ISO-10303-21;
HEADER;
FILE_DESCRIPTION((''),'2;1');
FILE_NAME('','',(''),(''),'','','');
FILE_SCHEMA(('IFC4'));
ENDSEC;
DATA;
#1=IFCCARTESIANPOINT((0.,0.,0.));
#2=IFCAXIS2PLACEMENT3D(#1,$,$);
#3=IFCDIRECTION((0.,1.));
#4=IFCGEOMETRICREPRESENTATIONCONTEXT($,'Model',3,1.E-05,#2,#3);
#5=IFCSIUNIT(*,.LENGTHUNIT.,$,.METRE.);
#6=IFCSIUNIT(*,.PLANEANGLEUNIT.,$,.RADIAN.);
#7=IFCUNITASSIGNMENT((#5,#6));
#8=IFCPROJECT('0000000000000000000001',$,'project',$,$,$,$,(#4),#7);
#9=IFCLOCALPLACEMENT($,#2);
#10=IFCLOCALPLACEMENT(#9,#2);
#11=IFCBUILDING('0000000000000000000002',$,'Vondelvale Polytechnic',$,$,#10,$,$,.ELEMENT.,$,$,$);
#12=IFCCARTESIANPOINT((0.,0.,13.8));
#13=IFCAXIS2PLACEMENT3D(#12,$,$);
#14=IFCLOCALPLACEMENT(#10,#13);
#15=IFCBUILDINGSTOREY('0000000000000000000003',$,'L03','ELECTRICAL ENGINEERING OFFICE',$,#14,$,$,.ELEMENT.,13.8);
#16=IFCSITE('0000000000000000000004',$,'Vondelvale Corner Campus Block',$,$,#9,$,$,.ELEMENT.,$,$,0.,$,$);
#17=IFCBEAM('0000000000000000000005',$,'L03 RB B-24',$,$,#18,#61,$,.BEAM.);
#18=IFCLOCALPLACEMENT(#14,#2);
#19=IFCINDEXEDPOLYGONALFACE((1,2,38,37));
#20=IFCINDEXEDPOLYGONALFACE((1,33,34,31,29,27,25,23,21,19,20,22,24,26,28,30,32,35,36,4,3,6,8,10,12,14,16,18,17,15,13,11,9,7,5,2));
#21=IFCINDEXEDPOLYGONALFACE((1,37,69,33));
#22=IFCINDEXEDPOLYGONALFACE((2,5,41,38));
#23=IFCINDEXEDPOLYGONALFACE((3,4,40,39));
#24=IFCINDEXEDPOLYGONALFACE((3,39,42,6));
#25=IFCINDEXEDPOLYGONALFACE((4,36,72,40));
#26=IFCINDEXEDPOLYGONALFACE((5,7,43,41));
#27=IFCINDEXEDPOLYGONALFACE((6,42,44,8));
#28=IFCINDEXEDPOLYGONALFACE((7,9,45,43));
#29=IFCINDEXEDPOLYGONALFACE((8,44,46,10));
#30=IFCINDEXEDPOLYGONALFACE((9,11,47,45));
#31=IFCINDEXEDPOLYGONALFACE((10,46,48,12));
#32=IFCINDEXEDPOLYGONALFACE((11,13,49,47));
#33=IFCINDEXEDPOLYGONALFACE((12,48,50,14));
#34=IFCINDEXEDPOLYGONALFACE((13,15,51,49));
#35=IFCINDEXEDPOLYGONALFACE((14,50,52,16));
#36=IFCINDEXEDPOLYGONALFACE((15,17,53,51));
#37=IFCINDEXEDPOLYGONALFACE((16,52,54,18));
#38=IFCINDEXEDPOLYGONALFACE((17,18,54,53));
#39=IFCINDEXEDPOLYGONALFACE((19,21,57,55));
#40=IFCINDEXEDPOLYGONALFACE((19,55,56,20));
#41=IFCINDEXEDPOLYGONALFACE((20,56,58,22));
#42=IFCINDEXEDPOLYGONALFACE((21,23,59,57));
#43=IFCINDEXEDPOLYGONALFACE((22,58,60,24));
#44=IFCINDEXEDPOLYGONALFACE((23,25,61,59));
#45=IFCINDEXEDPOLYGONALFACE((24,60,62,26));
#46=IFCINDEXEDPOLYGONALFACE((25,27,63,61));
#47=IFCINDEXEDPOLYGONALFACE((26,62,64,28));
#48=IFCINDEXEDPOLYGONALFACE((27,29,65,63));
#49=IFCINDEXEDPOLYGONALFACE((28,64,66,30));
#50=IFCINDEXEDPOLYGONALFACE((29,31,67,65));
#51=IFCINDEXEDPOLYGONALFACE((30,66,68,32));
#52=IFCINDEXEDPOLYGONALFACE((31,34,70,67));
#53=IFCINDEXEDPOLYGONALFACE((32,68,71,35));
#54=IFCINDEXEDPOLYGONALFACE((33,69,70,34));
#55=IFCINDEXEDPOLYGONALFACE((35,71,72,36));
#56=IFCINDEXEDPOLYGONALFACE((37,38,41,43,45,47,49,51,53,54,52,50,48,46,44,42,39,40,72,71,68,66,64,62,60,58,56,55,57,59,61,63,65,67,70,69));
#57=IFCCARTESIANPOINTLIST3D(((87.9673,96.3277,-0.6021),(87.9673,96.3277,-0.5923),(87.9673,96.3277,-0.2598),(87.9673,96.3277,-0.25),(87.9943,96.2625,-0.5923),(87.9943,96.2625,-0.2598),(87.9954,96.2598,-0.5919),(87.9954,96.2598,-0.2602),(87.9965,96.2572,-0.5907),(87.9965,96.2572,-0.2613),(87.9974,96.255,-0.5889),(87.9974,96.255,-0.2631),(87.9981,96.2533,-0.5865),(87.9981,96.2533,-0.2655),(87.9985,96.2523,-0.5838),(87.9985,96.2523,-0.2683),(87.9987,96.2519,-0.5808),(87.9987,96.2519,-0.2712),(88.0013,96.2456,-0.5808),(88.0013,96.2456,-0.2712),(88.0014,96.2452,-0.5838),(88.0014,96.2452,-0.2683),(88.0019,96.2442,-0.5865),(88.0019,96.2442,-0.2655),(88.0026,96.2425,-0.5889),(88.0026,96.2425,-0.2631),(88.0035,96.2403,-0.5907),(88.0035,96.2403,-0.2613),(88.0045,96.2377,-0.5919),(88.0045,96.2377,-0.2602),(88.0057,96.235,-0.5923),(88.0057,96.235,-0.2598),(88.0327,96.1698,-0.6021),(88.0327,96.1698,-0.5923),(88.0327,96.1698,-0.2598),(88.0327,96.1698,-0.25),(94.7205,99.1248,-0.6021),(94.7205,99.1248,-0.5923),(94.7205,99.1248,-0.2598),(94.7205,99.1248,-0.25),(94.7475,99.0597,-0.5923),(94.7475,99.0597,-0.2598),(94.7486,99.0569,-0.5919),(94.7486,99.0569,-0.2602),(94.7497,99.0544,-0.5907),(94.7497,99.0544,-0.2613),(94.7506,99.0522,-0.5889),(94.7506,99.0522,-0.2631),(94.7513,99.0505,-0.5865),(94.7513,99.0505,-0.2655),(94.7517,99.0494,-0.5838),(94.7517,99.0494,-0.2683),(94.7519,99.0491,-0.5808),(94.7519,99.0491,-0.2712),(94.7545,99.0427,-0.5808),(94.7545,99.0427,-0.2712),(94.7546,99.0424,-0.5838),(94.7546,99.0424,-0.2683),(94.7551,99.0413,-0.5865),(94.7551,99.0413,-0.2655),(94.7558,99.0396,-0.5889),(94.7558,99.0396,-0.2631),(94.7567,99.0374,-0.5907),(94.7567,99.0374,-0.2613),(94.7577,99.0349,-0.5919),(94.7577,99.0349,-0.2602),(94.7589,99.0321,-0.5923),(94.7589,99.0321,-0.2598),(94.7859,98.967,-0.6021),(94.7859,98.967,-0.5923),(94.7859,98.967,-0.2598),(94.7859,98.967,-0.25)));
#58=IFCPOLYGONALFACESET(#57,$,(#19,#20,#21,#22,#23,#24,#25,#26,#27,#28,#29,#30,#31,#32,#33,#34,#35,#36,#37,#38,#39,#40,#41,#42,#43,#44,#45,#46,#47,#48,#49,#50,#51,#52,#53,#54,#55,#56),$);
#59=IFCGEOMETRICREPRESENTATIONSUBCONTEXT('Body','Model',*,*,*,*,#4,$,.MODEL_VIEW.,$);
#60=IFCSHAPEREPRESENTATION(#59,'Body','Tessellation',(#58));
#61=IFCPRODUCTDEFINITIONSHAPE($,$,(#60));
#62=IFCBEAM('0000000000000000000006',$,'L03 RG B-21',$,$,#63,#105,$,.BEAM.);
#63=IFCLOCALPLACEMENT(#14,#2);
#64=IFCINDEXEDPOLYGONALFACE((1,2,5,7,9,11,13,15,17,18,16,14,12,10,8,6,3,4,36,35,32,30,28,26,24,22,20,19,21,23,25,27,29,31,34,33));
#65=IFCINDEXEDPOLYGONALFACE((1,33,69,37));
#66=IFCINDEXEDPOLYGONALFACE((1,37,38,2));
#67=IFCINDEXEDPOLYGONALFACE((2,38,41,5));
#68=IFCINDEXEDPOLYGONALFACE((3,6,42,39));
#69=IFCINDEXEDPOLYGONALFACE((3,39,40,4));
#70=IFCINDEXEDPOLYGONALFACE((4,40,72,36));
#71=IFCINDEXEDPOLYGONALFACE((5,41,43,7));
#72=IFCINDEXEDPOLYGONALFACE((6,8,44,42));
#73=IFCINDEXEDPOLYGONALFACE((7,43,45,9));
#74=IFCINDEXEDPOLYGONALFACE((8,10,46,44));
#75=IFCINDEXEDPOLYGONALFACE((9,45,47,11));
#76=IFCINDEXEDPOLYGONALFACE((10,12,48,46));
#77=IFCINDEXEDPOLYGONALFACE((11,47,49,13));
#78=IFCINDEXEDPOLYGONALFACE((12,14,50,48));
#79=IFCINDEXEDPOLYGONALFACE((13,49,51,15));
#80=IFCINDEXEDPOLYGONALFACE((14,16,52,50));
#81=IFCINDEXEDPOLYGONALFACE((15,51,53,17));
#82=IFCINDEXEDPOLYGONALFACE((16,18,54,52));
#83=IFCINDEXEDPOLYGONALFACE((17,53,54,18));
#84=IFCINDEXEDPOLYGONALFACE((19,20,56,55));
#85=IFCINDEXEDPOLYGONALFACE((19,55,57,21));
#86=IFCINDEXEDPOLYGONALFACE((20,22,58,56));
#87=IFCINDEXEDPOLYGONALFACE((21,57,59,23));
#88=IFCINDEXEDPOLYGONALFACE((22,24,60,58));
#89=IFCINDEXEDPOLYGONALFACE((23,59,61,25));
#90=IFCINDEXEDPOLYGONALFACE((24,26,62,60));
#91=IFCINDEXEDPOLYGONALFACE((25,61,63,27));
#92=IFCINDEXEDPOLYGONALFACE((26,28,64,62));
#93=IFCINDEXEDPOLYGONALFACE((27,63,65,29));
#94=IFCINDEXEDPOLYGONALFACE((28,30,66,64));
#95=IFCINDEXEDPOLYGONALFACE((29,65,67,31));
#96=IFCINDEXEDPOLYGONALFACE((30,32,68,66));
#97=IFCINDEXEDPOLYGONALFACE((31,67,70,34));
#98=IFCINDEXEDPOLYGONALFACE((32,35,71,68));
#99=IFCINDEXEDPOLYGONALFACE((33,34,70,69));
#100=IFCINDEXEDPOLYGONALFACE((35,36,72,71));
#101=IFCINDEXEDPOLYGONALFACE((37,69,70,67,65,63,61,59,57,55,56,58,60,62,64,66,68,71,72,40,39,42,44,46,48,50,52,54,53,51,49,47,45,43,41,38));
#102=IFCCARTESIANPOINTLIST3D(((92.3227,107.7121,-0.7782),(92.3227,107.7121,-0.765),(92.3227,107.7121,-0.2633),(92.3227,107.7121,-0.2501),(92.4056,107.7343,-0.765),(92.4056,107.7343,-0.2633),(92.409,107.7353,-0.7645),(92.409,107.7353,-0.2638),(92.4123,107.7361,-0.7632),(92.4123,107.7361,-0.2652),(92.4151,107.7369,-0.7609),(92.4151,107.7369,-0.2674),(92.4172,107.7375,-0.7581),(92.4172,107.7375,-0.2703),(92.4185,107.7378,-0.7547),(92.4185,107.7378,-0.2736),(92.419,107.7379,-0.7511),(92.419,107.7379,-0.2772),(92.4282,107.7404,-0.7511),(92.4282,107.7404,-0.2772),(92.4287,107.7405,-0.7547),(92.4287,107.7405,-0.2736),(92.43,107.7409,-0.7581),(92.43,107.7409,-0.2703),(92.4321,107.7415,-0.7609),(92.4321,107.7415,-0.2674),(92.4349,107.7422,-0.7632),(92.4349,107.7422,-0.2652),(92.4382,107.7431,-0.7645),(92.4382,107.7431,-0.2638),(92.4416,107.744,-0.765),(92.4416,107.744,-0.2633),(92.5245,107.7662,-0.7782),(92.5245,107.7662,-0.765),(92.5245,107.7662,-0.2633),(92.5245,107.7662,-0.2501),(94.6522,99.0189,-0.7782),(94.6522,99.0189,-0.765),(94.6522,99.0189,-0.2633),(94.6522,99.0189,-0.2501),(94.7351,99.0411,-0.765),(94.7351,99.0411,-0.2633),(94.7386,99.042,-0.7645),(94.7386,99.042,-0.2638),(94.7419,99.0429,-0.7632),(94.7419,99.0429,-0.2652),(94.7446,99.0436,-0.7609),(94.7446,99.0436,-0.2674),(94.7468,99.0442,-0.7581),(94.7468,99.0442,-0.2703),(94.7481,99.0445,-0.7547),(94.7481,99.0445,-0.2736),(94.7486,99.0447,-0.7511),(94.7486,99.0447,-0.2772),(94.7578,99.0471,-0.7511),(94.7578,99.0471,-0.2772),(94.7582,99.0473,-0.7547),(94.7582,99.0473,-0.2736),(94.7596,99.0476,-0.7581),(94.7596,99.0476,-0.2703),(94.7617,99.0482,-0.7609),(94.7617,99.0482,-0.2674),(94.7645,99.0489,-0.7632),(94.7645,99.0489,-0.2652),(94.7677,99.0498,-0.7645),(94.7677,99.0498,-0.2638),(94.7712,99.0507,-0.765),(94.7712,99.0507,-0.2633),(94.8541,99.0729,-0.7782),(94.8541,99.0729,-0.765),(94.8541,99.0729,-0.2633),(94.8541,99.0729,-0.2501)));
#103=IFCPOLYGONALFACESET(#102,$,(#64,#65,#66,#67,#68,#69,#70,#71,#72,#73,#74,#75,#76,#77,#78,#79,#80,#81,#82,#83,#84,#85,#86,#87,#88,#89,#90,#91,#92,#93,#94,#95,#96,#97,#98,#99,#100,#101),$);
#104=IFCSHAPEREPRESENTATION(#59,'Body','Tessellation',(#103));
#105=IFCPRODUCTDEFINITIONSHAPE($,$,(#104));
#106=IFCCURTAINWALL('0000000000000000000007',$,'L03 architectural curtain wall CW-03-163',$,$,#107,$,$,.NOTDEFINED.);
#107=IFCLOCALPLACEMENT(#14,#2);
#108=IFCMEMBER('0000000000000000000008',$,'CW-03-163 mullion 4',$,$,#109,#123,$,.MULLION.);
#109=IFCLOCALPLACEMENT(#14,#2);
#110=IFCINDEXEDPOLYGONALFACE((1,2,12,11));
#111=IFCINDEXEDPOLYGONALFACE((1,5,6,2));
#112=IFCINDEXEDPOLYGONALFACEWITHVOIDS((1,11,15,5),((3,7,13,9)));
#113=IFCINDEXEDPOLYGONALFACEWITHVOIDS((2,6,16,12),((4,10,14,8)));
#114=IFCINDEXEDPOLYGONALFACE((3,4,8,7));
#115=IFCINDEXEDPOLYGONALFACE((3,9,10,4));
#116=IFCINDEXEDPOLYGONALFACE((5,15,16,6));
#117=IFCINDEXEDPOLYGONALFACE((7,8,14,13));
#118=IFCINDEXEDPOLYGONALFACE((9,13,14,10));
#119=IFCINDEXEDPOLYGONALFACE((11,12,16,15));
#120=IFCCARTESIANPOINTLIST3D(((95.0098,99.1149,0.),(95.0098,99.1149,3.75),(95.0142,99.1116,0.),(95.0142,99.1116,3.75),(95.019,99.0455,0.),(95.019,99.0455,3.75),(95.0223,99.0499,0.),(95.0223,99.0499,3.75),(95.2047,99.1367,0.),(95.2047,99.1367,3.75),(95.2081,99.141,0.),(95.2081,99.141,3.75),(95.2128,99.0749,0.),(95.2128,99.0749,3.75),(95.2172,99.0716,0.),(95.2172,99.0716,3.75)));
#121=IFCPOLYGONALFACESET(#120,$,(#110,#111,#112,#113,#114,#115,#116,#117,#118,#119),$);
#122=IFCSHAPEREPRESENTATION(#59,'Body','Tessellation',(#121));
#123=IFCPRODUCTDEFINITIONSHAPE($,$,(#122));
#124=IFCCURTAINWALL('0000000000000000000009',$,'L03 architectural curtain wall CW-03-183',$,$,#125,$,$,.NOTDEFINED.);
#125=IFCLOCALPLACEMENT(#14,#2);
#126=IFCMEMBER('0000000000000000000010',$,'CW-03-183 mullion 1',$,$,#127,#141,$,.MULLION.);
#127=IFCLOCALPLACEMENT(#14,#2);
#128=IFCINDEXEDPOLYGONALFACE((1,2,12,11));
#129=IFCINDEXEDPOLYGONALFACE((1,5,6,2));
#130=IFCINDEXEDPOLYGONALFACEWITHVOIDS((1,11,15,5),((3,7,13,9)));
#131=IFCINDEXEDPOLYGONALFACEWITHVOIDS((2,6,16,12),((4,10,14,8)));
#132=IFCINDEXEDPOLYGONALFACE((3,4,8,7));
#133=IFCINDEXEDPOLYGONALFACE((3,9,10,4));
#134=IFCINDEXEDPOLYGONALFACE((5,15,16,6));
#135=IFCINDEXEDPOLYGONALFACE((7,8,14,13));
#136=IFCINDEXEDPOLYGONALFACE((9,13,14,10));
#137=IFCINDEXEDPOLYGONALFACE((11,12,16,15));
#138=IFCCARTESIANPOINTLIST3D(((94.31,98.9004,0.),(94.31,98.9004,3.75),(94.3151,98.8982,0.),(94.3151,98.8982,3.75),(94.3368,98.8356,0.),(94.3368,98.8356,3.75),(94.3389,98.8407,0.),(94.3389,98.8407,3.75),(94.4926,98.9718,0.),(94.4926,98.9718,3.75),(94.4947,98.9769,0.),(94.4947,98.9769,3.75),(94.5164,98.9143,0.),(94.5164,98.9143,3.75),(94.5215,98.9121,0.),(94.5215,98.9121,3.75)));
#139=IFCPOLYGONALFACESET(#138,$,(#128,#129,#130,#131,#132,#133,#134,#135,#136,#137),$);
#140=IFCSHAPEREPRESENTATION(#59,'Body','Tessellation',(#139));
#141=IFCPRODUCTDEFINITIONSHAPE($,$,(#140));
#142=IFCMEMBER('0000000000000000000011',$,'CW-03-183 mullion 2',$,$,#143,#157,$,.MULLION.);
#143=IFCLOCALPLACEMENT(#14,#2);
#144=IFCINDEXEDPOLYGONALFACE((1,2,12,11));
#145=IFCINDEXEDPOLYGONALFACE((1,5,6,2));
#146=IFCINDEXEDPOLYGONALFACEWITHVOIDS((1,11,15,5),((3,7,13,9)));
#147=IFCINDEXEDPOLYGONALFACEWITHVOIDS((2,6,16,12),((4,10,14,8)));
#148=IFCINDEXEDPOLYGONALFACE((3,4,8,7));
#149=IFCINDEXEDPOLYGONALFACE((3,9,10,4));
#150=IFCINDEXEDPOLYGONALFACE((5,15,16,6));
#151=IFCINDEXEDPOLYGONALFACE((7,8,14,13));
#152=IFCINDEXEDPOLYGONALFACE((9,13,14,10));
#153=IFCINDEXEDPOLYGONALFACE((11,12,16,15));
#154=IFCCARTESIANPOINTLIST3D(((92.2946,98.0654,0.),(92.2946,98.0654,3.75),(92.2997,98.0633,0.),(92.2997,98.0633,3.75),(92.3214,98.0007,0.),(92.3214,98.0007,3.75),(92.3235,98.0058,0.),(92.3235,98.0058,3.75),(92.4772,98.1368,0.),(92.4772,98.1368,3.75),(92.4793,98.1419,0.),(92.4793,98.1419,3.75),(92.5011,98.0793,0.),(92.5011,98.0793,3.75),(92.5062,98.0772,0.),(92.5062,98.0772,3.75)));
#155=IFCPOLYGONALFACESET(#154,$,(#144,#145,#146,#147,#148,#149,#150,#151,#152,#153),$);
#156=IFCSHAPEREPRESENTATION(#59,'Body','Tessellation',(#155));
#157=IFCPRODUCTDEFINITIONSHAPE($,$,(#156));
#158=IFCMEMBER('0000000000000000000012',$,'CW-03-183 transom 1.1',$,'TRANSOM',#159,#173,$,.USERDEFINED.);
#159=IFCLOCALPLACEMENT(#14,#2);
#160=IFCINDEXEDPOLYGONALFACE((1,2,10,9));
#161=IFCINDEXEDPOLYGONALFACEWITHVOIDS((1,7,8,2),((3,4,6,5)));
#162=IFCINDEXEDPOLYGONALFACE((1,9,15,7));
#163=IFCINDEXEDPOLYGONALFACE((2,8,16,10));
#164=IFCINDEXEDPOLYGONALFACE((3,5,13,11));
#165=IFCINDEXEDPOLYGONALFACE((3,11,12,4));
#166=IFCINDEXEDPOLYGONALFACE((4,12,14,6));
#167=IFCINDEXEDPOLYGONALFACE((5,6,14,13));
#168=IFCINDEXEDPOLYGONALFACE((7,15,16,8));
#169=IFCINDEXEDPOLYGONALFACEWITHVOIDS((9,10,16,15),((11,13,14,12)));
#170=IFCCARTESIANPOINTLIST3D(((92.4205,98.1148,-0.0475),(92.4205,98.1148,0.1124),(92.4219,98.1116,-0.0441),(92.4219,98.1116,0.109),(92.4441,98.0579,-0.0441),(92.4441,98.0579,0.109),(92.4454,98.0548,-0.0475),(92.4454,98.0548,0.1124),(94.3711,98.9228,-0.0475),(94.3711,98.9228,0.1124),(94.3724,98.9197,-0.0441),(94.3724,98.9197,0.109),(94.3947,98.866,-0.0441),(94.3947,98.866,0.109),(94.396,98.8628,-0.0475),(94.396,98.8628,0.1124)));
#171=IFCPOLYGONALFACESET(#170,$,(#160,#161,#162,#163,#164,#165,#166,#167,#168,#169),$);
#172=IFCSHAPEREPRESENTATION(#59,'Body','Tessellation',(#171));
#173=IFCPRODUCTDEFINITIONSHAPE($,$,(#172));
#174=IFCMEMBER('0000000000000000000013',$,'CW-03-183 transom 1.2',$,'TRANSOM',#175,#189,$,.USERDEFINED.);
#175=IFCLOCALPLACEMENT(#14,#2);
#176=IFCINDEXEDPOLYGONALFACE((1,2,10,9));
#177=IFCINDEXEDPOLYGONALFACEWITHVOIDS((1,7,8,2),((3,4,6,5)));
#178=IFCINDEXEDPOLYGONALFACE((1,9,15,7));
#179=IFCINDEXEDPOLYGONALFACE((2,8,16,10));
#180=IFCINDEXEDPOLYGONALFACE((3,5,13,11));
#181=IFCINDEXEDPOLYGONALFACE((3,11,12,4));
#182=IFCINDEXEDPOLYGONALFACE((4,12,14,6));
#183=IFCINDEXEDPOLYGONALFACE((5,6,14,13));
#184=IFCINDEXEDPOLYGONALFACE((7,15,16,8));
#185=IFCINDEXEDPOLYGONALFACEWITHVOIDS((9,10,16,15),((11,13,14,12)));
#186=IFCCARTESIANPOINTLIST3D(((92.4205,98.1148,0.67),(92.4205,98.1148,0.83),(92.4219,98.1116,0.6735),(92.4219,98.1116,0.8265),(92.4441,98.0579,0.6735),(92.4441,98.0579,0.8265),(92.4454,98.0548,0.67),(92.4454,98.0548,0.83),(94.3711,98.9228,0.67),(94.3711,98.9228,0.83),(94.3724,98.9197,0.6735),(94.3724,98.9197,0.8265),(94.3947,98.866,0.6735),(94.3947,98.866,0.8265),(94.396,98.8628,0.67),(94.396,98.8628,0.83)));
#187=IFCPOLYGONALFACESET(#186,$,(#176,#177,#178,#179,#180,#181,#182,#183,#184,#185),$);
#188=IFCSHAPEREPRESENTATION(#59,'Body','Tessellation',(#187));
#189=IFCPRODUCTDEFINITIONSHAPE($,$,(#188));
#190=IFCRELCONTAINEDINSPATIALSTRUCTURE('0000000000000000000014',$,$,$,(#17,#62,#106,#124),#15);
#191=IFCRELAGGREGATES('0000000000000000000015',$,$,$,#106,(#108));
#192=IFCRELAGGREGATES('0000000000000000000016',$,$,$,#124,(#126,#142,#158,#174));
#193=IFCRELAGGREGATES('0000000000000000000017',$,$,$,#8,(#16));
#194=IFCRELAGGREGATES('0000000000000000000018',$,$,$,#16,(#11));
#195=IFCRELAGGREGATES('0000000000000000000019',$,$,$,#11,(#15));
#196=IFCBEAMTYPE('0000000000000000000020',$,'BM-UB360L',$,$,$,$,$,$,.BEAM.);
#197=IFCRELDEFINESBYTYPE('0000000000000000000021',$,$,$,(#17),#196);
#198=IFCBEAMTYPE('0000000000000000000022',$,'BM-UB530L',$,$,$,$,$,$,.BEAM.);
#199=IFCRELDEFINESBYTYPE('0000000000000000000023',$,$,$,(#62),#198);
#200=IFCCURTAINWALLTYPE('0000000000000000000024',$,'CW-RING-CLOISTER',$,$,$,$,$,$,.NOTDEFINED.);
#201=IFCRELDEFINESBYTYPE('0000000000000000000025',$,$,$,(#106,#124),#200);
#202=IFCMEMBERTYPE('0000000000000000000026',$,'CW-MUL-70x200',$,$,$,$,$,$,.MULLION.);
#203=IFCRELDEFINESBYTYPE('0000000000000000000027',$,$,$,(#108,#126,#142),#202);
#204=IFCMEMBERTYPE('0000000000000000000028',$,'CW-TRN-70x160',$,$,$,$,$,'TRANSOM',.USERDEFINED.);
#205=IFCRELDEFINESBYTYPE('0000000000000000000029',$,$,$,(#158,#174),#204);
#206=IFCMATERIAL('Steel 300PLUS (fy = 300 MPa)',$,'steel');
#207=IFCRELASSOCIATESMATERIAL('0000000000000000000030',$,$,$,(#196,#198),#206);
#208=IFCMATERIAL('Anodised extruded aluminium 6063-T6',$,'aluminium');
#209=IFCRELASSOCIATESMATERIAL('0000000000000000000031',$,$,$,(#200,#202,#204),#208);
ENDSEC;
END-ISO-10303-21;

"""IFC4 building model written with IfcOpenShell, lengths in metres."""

from ifc_helpers import new_model, si_unit, direction, frame, origin, origin_2d, place, context, subcontext, project, spatial, hollow_rectangle, i_section, extrude, material, material_profile, profile_set, type_object, element, aggregate, save


model = new_model("IFC4")

# Units and contexts
model_context = context("Model", 3, precision=1e-05, world=origin(), true_north=direction((0.0, 1.0)))
body_context = subcontext(model_context, "Body", "Model", "MODEL_VIEW")
ifc_project = project(units=[si_unit("LENGTHUNIT", "METRE"), si_unit("PLANEANGLEUNIT", "RADIAN")], contexts=[model_context])

# Site, building, storey
site_placement = place(None, origin())
site = spatial("IfcSite", under=ifc_project, at=site_placement, Name="Vondelvale Corner Campus Block", CompositionType="ELEMENT", RefElevation=0.0)
building_placement = place(site_placement, origin())
building = spatial("IfcBuilding", under=site, at=building_placement, Name="Vondelvale Polytechnic", CompositionType="ELEMENT")
storey_placement = place(building_placement, frame((0.0, 0.0, 13.8)))
storey = spatial("IfcBuildingStorey", under=building, at=storey_placement, Name="L03", Description="ELECTRICAL ENGINEERING OFFICE", CompositionType="ELEMENT", Elevation=13.8)

# Beams
ifc_material_1 = material(Name="Steel 300PLUS (fy = 300 MPa)", Category="steel")
ifc_material_profile_1 = material_profile(ifc_material_1, i_section(OverallWidth=0.1709, OverallDepth=0.3521, WebThickness=0.0068, FlangeThickness=0.0098, FilletRadius=0.0115, at=origin_2d()), Name="360UB44.7")
ifc_profile_set_1 = profile_set([ifc_material_profile_1], Name="Steel 300PLUS (fy = 300 MPa)")
beam_type_1 = type_object("IfcBeamType", Name="BM-UB360L", PredefinedType="BEAM", material=ifc_profile_set_1)
beam_1_placement = place(storey_placement, frame((94.7532, 99.0459, -0.426), z_axis=(-0.923886, -0.382667, 0.0), x_axis=(0.382667, -0.923886, 0.0)))
element("IfcBeam", 1, at=beam_1_placement, inside=storey, type_object=beam_type_1, Name="L03 RB B-24", PredefinedType="BEAM", context=body_context, shape_type="SweptSolid", body=[
    extrude(i_section(OverallWidth=0.1709, OverallDepth=0.3521, WebThickness=0.0068, FlangeThickness=0.0098, FilletRadius=0.0115, at=origin_2d()), origin(), (0.0, 0.0, 1.0), 7.3096),
])
ifc_material_profile_2 = material_profile(ifc_material_1, i_section(OverallWidth=0.209, OverallDepth=0.5281, WebThickness=0.0095, FlangeThickness=0.0132, FilletRadius=0.0139, at=origin_2d()), Name="530UB82.0")
ifc_profile_set_2 = profile_set([ifc_material_profile_2], Name="Steel 300PLUS (fy = 300 MPa)")
beam_type_2 = type_object("IfcBeamType", Name="BM-UB530L", PredefinedType="BEAM", material=ifc_profile_set_2)
beam_2_placement = place(storey_placement, frame((94.7532, 99.0459, -0.5142), z_axis=(-0.258841, 0.96592, 0.0), x_axis=(-0.96592, -0.258841, 0.0)))
element("IfcBeam", 2, at=beam_2_placement, inside=storey, type_object=beam_type_2, Name="L03 RG B-21", PredefinedType="BEAM", context=body_context, shape_type="SweptSolid", body=[
    extrude(i_section(OverallWidth=0.209, OverallDepth=0.5281, WebThickness=0.0095, FlangeThickness=0.0132, FilletRadius=0.0139, at=origin_2d()), origin(), (0.0, 0.0, 1.0), 9.0),
])

# Curtain wall, member
ifc_material_2 = material(Name="Anodised extruded aluminium 6063-T6", Category="aluminium")
curtain_wall_type = type_object("IfcCurtainWallType", Name="CW-RING-CLOISTER", PredefinedType="NOTDEFINED", material=ifc_material_2)
curtain_wall_1_placement = place(storey_placement, origin())
curtain_wall_1 = element("IfcCurtainWall", 3, at=curtain_wall_1_placement, inside=storey, type_object=curtain_wall_type, Name="L03 architectural curtain wall CW-03-163", PredefinedType="NOTDEFINED")
ifc_material_profile_3 = material_profile(ifc_material_2, hollow_rectangle(XDim=0.0701, YDim=0.2, WallThickness=0.0039, at=origin_2d()), Name="CW-MUL-200x70")
ifc_profile_set_3 = profile_set([ifc_material_profile_3], Name="Anodised extruded aluminium 6063-T6")
member_type_1 = type_object("IfcMemberType", Name="CW-MUL-70x200", PredefinedType="MULLION", material=ifc_profile_set_3)
member_1_placement = place(storey_placement, frame((95.1135, 99.0933, 0.0), z_axis=(0.0, 0.0, 1.0), x_axis=(0.130528, -0.991445, 0.0)))
member_1 = element("IfcMember", 4, at=member_1_placement, type_object=member_type_1, Name="CW-03-163 mullion 4", PredefinedType="MULLION", context=body_context, shape_type="SweptSolid", body=[
    extrude(hollow_rectangle(XDim=0.0701, YDim=0.2, WallThickness=0.0039, at=origin_2d()), origin(), (0.0, 0.0, 1.0), 3.75),
])

# Curtain wall, members
curtain_wall_2_placement = place(storey_placement, origin())
curtain_wall_2 = element("IfcCurtainWall", 5, at=curtain_wall_2_placement, inside=storey, type_object=curtain_wall_type, Name="L03 architectural curtain wall CW-03-183", PredefinedType="NOTDEFINED")
member_2_placement = place(storey_placement, frame((94.4158, 98.9062, 0.0), z_axis=(0.0, 0.0, 1.0), x_axis=(0.382679, -0.923882, 0.0)))
member_2 = element("IfcMember", 6, at=member_2_placement, type_object=member_type_1, Name="CW-03-183 mullion 1", PredefinedType="MULLION", context=body_context, shape_type="SweptSolid", body=[
    extrude(hollow_rectangle(XDim=0.0701, YDim=0.2, WallThickness=0.0039, at=origin_2d()), origin(), (0.0, 0.0, 1.0), 3.75),
])
member_3_placement = place(storey_placement, frame((92.4004, 98.0713, 0.0), z_axis=(0.0, 0.0, 1.0), x_axis=(0.382679, -0.923882, 0.0)))
member_3 = element("IfcMember", 7, at=member_3_placement, type_object=member_type_1, Name="CW-03-183 mullion 2", PredefinedType="MULLION", context=body_context, shape_type="SweptSolid", body=[
    extrude(hollow_rectangle(XDim=0.0701, YDim=0.2, WallThickness=0.0039, at=origin_2d()), origin(), (0.0, 0.0, 1.0), 3.75),
])
ifc_material_profile_4 = material_profile(ifc_material_2, hollow_rectangle(XDim=0.0649, YDim=0.1599, WallThickness=0.0034, at=origin_2d()), Name="CW-TRN-160x65")
ifc_profile_set_4 = profile_set([ifc_material_profile_4], Name="Anodised extruded aluminium 6063-T6")
member_type_2 = type_object("IfcMemberType", Name="CW-TRN-70x160", ElementType="TRANSOM", PredefinedType="USERDEFINED", material=ifc_profile_set_4)
member_4_placement = place(storey_placement, frame((94.3835, 98.8928, 0.0325), z_axis=(-0.923862, -0.382726, 0.0), x_axis=(0.382726, -0.923862, 0.0)))
member_4 = element("IfcMember", 8, at=member_4_placement, type_object=member_type_2, Name="CW-03-183 transom 1.1", ObjectType="TRANSOM", PredefinedType="USERDEFINED", context=body_context, shape_type="SweptSolid", body=[
    extrude(hollow_rectangle(XDim=0.0649, YDim=0.1599, WallThickness=0.0034, at=origin_2d()), origin(), (0.0, 0.0, 1.0), 2.1113),
])
member_5_placement = place(storey_placement, frame((94.3835, 98.8928, 0.75), z_axis=(-0.923862, -0.382726, 0.0), x_axis=(0.382726, -0.923862, 0.0)))
member_5 = element("IfcMember", 9, at=member_5_placement, type_object=member_type_2, Name="CW-03-183 transom 1.2", ObjectType="TRANSOM", PredefinedType="USERDEFINED", context=body_context, shape_type="SweptSolid", body=[
    extrude(hollow_rectangle(XDim=0.0649, YDim=0.1599, WallThickness=0.0034, at=origin_2d()), origin(), (0.0, 0.0, 1.0), 2.1113),
])

aggregate(curtain_wall_1, [member_1])
aggregate(curtain_wall_2, [member_2, member_3, member_4, member_5])

save(model, "model.ifc")
